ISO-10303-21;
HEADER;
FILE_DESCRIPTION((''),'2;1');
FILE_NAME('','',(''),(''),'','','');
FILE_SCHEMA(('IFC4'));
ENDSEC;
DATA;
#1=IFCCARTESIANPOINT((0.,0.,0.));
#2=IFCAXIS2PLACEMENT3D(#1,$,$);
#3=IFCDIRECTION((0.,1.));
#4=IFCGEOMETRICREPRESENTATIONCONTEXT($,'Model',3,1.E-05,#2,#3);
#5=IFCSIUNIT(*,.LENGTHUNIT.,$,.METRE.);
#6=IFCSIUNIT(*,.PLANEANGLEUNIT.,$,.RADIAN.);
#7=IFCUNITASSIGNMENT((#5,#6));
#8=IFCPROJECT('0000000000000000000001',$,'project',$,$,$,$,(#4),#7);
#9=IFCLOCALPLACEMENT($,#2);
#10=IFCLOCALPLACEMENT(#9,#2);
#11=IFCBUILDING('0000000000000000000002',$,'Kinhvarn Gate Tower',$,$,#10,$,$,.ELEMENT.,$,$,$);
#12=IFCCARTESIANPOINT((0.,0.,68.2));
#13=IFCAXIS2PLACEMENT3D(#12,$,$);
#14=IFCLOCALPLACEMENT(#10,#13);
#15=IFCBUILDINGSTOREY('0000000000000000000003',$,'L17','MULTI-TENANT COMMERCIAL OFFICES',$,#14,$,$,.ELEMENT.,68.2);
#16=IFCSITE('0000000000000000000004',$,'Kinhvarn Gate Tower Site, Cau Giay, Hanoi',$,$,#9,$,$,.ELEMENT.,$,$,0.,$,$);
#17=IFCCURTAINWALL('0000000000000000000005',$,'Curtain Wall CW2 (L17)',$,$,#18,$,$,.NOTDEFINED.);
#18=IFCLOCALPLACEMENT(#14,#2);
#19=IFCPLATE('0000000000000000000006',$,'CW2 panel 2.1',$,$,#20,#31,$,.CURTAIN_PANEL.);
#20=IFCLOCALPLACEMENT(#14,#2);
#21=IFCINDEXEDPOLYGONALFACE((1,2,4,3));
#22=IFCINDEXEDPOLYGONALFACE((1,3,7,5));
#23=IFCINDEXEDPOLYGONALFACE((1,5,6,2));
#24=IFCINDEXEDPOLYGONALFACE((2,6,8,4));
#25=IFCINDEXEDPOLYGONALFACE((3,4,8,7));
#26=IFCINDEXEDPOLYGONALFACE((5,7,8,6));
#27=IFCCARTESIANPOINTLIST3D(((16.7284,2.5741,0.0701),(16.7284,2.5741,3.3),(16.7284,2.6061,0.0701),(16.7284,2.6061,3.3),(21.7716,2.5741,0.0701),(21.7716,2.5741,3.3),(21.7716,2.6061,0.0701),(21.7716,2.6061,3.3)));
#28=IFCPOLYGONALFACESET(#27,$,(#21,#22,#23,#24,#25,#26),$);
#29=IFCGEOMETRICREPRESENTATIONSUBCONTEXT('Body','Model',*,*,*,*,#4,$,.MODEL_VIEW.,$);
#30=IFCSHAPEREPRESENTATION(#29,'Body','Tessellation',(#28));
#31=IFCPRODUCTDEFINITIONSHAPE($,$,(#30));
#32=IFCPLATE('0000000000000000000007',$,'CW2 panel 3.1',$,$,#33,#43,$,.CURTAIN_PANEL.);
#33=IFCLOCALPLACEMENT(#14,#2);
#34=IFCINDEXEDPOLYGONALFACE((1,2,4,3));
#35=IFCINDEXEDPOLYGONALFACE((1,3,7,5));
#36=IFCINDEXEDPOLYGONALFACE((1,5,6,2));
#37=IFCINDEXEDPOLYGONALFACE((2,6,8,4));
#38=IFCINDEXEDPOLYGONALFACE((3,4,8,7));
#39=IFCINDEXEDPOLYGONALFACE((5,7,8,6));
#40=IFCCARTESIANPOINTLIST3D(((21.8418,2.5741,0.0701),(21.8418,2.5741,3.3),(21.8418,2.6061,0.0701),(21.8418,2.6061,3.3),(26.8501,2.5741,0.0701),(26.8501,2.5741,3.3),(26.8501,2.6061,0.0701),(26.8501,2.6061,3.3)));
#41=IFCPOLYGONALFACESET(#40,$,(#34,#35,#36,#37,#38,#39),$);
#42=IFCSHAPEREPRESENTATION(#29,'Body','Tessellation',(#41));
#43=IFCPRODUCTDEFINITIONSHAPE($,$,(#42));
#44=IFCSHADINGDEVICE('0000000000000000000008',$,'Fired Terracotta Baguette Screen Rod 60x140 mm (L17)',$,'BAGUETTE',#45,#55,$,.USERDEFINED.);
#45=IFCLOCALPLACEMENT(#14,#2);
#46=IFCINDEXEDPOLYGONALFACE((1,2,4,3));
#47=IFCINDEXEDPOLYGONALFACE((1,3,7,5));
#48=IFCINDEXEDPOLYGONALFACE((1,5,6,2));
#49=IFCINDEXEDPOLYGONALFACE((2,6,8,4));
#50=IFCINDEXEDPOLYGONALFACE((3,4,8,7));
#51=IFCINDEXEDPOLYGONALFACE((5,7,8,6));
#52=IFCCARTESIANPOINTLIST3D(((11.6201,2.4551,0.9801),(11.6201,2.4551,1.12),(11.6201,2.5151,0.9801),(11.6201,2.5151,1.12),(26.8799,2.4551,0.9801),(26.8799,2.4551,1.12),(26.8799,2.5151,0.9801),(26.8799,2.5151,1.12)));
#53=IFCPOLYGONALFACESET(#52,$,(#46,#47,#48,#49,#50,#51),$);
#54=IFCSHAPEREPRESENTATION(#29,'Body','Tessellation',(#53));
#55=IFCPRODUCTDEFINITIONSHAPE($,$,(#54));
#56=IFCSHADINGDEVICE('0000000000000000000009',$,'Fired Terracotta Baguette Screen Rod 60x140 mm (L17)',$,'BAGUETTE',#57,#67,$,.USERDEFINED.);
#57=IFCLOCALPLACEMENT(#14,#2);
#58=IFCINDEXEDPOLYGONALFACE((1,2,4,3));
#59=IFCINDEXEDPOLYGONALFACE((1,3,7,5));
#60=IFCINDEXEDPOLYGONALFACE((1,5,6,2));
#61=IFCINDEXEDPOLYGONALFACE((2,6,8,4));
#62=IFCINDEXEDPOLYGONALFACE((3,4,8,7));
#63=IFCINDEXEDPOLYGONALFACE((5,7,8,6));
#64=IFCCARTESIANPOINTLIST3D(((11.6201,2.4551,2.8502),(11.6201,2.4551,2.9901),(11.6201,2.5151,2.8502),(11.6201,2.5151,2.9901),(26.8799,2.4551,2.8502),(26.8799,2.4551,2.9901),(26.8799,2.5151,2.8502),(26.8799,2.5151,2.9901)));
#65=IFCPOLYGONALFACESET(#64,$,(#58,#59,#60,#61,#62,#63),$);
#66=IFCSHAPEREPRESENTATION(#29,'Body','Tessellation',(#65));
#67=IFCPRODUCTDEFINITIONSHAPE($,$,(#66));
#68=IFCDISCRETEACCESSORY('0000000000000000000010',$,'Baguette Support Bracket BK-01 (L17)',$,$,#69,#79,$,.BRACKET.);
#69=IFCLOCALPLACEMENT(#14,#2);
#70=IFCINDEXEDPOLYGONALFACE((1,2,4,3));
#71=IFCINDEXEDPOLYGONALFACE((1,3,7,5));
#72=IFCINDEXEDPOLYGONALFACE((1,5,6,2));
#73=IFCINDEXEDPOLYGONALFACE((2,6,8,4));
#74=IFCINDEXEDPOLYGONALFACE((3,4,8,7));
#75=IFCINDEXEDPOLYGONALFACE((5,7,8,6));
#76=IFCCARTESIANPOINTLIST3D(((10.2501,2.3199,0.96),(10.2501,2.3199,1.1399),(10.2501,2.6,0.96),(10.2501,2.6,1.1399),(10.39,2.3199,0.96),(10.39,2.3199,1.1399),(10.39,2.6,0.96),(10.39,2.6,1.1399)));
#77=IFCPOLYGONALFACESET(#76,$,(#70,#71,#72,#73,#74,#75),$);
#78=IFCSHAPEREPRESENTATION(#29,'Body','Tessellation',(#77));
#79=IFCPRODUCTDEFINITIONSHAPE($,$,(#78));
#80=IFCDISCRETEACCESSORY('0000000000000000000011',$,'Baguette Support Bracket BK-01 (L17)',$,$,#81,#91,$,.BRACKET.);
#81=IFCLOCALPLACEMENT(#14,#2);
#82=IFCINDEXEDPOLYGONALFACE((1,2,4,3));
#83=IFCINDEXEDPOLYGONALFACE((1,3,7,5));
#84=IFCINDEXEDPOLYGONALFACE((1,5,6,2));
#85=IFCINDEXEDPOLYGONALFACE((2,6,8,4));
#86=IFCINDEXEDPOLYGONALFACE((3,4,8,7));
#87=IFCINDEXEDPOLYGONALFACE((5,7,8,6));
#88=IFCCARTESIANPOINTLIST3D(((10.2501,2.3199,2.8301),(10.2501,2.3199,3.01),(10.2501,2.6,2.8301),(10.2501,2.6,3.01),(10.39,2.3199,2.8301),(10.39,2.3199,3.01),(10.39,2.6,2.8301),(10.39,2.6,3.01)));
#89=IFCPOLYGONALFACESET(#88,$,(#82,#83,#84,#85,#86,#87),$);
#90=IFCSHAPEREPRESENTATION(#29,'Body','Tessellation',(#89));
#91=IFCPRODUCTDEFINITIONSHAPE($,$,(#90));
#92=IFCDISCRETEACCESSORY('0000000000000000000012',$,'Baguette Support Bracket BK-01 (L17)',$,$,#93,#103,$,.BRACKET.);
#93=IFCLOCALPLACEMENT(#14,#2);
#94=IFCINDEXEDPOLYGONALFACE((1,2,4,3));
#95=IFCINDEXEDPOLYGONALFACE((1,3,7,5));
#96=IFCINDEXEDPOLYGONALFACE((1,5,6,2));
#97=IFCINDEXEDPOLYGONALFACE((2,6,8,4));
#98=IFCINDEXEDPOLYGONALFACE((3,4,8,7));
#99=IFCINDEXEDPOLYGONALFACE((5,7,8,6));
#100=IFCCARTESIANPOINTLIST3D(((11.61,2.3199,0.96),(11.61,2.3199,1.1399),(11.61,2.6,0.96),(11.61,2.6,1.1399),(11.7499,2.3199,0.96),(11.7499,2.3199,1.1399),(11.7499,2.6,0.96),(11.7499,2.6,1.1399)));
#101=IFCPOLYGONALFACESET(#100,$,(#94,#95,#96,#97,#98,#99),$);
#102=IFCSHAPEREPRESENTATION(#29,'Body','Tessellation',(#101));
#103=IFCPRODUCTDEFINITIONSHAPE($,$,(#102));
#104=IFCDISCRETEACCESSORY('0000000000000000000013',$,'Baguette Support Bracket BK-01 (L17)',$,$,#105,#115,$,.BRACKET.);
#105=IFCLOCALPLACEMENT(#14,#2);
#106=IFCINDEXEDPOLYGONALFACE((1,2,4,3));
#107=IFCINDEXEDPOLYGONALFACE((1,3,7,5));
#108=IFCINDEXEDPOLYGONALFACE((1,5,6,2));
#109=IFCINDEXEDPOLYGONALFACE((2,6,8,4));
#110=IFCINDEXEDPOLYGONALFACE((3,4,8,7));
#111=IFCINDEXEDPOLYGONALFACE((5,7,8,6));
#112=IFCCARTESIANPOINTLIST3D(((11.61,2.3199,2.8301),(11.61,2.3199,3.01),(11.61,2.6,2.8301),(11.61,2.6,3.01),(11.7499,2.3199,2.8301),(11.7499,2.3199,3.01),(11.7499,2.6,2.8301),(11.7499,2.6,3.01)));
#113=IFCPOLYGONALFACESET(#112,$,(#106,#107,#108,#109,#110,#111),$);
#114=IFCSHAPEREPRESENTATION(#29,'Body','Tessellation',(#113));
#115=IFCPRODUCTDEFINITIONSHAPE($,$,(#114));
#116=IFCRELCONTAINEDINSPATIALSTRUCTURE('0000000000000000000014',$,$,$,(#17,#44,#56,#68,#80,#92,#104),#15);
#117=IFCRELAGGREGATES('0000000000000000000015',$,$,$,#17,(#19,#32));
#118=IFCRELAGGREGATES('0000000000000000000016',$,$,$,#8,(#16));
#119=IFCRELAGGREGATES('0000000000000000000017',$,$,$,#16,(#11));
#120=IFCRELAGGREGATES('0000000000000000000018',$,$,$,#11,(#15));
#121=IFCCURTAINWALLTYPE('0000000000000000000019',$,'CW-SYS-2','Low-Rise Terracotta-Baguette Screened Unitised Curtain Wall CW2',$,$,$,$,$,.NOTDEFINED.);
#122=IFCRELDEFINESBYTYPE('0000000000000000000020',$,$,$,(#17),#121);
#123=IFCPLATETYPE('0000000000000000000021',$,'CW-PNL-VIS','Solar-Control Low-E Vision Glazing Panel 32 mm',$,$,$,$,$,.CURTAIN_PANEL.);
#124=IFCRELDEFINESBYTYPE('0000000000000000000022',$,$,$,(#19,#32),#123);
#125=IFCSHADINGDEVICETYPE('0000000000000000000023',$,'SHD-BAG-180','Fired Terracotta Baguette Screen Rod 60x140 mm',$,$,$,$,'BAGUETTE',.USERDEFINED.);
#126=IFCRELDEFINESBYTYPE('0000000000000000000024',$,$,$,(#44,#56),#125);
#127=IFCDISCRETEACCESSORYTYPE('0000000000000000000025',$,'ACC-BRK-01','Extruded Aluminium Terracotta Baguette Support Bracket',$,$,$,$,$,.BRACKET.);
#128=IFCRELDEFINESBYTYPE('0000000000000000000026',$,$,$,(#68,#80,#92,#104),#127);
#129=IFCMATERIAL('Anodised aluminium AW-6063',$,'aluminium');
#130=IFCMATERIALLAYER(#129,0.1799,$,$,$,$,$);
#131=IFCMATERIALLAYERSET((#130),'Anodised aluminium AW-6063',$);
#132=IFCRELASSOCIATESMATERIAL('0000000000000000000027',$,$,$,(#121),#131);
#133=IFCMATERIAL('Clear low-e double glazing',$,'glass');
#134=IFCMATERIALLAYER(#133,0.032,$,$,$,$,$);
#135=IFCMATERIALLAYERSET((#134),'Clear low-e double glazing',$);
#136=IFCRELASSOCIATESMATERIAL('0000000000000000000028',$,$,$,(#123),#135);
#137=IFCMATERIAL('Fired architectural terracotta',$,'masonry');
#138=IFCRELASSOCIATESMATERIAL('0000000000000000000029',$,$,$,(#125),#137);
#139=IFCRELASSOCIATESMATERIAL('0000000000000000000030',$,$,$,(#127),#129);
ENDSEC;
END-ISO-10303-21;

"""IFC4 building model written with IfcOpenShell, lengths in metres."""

from ifc_helpers import new_model, si_unit, direction, frame, origin, origin_2d, place, context, subcontext, project, spatial, rectangle, extrude, material, layer, layer_set, material_profile, profile_set, type_object, element, aggregate, save


model = new_model("IFC4")

# Units and contexts
model_context = context("Model", 3, precision=1e-05, world=origin(), true_north=direction((0.0, 1.0)))
body_context = subcontext(model_context, "Body", "Model", "MODEL_VIEW")
ifc_project = project(units=[si_unit("LENGTHUNIT", "METRE"), si_unit("PLANEANGLEUNIT", "RADIAN")], contexts=[model_context])

# Site, building, storey
site_placement = place(None, origin())
site = spatial("IfcSite", under=ifc_project, at=site_placement, Name="Kinhvarn Gate Tower Site, Cau Giay, Hanoi", CompositionType="ELEMENT", RefElevation=0.0)
building_placement = place(site_placement, origin())
building = spatial("IfcBuilding", under=site, at=building_placement, Name="Kinhvarn Gate Tower", CompositionType="ELEMENT")
storey_placement = place(building_placement, frame((0.0, 0.0, 68.2)))
storey = spatial("IfcBuildingStorey", under=building, at=storey_placement, Name="L17", Description="MULTI-TENANT COMMERCIAL OFFICES", CompositionType="ELEMENT", Elevation=68.2)

# Shared definitions
ifc_material_1 = material(Name="Anodised aluminium AW-6063", Category="aluminium")
ifc_layer_1 = layer(ifc_material_1, 0.1799)
ifc_layer_set_1 = layer_set([ifc_layer_1], Name="Anodised aluminium AW-6063")
curtain_wall_type = type_object("IfcCurtainWallType", Name="CW-SYS-2", Description="Low-Rise Terracotta-Baguette Screened Unitised Curtain Wall CW2", PredefinedType="NOTDEFINED", material=ifc_layer_set_1)

# Curtain wall
curtain_wall_1_placement = place(storey_placement, origin())
curtain_wall_1 = element("IfcCurtainWall", 1, at=curtain_wall_1_placement, inside=storey, type_object=curtain_wall_type, Name="Curtain Wall CW2 (L17)", PredefinedType="NOTDEFINED")

# Plates
ifc_material_2 = material(Name="Clear low-e double glazing", Category="glass")
ifc_layer_2 = layer(ifc_material_2, 0.032)
ifc_layer_set_2 = layer_set([ifc_layer_2], Name="Clear low-e double glazing")
plate_type = type_object("IfcPlateType", Name="CW-PNL-VIS", Description="Solar-Control Low-E Vision Glazing Panel 32 mm", PredefinedType="CURTAIN_PANEL", material=ifc_layer_set_2)
plate_1_placement = place(storey_placement, frame((19.25, 2.5901, 0.0701), z_axis=(0.0, 0.0, 1.0), x_axis=(1.0, 0.0, 0.0)))
plate_1 = element("IfcPlate", 2, at=plate_1_placement, type_object=plate_type, Name="CW2 panel 2.1", PredefinedType="CURTAIN_PANEL", context=body_context, shape_type="SweptSolid", body=[
    extrude(rectangle(XDim=5.0432, YDim=0.032, at=origin_2d()), origin(), (0.0, 0.0, 1.0), 3.23),
])
plate_2_placement = place(storey_placement, frame((24.3459, 2.5901, 0.0701), z_axis=(0.0, 0.0, 1.0), x_axis=(1.0, 0.0, 0.0)))
plate_2 = element("IfcPlate", 3, at=plate_2_placement, type_object=plate_type, Name="CW2 panel 3.1", PredefinedType="CURTAIN_PANEL", context=body_context, shape_type="SweptSolid", body=[
    extrude(rectangle(XDim=5.0083, YDim=0.032, at=origin_2d()), origin(), (0.0, 0.0, 1.0), 3.23),
])
aggregate(curtain_wall_1, [plate_1, plate_2])

# Shading devices
ifc_material_3 = material(Name="Fired architectural terracotta", Category="masonry")
ifc_material_profile_1 = material_profile(ifc_material_3, rectangle(XDim=0.0601, YDim=0.1399, at=origin_2d()), Name="TC 60x140")
ifc_profile_set_1 = profile_set([ifc_material_profile_1], Name="Fired architectural terracotta")
shading_device_type = type_object("IfcShadingDeviceType", Name="SHD-BAG-180", Description="Fired Terracotta Baguette Screen Rod 60x140 mm", ElementType="BAGUETTE", PredefinedType="USERDEFINED", material=ifc_profile_set_1)
for number, where, z_axis, x_axis, name in (
    (4, (11.6201, 2.4851, 1.05), (1.0, 0.0, 0.0), (0.0, 1.0, 0.0), "Fired Terracotta Baguette Screen Rod 60x140 mm (L17)"),
    (5, (11.6201, 2.4851, 2.9202), (1.0, 0.0, 0.0), (0.0, 1.0, 0.0), "Fired Terracotta Baguette Screen Rod 60x140 mm (L17)"),
):
    element("IfcShadingDevice", number, at=place(storey_placement, frame(where, z_axis=z_axis, x_axis=x_axis)), inside=storey, type_object=shading_device_type, Name=name, ObjectType="BAGUETTE", PredefinedType="USERDEFINED", context=body_context, shape_type="SweptSolid", body=[
        extrude(rectangle(XDim=0.0601, YDim=0.1399, at=origin_2d()), origin(), (0.0, 0.0, 1.0), 15.2598),
    ])

# Discrete accessories
discrete_accessory_type = type_object("IfcDiscreteAccessoryType", Name="ACC-BRK-01", Description="Extruded Aluminium Terracotta Baguette Support Bracket", PredefinedType="BRACKET", material=ifc_material_1)
for number, where, z_axis, x_axis, name in (
    (6, (10.3201, 2.46, 0.96), (0.0, 0.0, 1.0), (1.0, 0.0, 0.0), "Baguette Support Bracket BK-01 (L17)"),
    (7, (10.3201, 2.46, 2.8301), (0.0, 0.0, 1.0), (1.0, 0.0, 0.0), "Baguette Support Bracket BK-01 (L17)"),
    (8, (11.6799, 2.46, 0.96), (0.0, 0.0, 1.0), (1.0, 0.0, 0.0), "Baguette Support Bracket BK-01 (L17)"),
    (9, (11.6799, 2.46, 2.8301), (0.0, 0.0, 1.0), (1.0, 0.0, 0.0), "Baguette Support Bracket BK-01 (L17)"),
):
    element("IfcDiscreteAccessory", number, at=place(storey_placement, frame(where, z_axis=z_axis, x_axis=x_axis)), inside=storey, type_object=discrete_accessory_type, Name=name, PredefinedType="BRACKET", context=body_context, shape_type="SweptSolid", body=[
        extrude(rectangle(XDim=0.1399, YDim=0.28, at=origin_2d()), origin(), (0.0, 0.0, 1.0), 0.1799),
    ])

save(model, "model.ifc")
